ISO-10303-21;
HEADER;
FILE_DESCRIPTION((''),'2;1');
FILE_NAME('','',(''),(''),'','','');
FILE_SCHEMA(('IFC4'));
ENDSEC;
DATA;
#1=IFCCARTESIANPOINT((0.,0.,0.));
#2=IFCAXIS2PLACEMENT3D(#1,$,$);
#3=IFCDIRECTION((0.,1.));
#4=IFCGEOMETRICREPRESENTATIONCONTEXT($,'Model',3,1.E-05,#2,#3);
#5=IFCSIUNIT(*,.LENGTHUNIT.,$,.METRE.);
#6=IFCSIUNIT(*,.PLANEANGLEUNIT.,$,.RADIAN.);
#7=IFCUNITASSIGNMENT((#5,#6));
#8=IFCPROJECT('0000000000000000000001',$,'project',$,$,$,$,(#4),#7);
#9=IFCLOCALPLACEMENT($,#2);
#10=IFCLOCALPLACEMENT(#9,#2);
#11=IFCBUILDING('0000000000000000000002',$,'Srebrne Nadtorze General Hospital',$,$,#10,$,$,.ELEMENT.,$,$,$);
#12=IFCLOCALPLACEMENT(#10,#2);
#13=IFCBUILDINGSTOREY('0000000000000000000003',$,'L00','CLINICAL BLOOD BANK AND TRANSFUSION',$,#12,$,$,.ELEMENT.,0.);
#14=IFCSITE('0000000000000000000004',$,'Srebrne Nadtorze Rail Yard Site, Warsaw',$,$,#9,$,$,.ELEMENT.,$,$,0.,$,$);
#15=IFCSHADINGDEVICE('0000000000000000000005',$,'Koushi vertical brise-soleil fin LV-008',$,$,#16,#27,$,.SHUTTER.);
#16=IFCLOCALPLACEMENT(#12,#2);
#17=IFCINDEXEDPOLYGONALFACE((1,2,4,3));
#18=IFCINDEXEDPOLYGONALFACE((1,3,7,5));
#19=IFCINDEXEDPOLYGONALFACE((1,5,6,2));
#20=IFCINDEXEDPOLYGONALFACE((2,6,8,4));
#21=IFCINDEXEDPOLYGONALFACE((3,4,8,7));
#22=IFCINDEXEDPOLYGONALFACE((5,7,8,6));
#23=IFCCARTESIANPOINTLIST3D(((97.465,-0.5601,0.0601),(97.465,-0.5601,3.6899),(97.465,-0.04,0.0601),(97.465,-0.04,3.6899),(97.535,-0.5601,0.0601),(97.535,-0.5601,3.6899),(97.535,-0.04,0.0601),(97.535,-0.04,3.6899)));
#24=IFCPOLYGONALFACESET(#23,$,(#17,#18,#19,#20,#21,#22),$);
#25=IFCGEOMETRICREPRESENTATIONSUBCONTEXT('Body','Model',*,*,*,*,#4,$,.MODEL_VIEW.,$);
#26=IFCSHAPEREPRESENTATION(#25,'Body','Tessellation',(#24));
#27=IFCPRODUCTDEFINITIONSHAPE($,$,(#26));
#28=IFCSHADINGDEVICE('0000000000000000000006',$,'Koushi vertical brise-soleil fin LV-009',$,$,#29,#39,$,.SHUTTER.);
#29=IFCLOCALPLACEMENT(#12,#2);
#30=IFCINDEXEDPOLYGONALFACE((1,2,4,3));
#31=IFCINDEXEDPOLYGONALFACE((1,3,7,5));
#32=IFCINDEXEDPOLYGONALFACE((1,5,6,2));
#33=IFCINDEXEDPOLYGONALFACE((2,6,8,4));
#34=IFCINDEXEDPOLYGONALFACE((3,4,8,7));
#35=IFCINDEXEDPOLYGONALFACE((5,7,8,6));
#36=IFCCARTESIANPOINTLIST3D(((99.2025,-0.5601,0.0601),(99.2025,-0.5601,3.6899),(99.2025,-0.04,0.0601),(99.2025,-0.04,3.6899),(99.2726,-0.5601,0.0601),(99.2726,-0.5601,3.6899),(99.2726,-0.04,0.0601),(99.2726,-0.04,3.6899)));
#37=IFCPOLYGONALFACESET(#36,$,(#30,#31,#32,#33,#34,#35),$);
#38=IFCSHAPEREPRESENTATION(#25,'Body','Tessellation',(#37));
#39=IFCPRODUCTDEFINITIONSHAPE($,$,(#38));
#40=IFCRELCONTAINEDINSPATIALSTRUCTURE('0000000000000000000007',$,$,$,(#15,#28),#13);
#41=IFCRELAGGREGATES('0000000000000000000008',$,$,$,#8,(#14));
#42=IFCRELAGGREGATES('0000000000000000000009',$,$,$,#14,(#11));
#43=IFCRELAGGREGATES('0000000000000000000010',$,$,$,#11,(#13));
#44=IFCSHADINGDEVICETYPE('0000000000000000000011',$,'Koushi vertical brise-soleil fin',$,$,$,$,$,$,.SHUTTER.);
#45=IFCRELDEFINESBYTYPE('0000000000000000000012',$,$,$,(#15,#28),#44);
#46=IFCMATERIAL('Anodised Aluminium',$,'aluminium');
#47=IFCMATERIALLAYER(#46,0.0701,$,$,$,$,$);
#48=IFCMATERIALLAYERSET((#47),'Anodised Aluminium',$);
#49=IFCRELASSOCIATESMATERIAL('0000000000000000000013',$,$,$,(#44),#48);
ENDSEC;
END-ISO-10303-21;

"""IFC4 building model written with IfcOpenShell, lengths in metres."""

from ifc_helpers import new_model, si_unit, direction, frame, origin, origin_2d, place, context, subcontext, project, spatial, rectangle, extrude, material, layer, layer_set, type_object, element, save


model = new_model("IFC4")

# Units and contexts
model_context = context("Model", 3, precision=1e-05, world=origin(), true_north=direction((0.0, 1.0)))
body_context = subcontext(model_context, "Body", "Model", "MODEL_VIEW")
ifc_project = project(units=[si_unit("LENGTHUNIT", "METRE"), si_unit("PLANEANGLEUNIT", "RADIAN")], contexts=[model_context])

# Site, building, storey
site_placement = place(None, origin())
site = spatial("IfcSite", under=ifc_project, at=site_placement, Name="Srebrne Nadtorze Rail Yard Site, Warsaw", CompositionType="ELEMENT", RefElevation=0.0)
building_placement = place(site_placement, origin())
building = spatial("IfcBuilding", under=site, at=building_placement, Name="Srebrne Nadtorze General Hospital", CompositionType="ELEMENT")
storey_placement = place(building_placement, origin())
storey = spatial("IfcBuildingStorey", under=building, at=storey_placement, Name="L00", Description="CLINICAL BLOOD BANK AND TRANSFUSION", CompositionType="ELEMENT", Elevation=0.0)

# Shading devices
ifc_material_1 = material(Name="Anodised Aluminium", Category="aluminium")
ifc_layer_1 = layer(ifc_material_1, 0.0701)
ifc_layer_set_1 = layer_set([ifc_layer_1], Name="Anodised Aluminium")
shading_device_type = type_object("IfcShadingDeviceType", Name="Koushi vertical brise-soleil fin", PredefinedType="SHUTTER", material=ifc_layer_set_1)
for number, where, z_axis, x_axis, name in (
    (1, (97.5, -0.3, 0.0601), (0.0, 0.0, 1.0), (1.0, 0.0, 0.0), "Koushi vertical brise-soleil fin LV-008"),
    (2, (99.2375, -0.3, 0.0601), (0.0, 0.0, 1.0), (1.0, 0.0, 0.0), "Koushi vertical brise-soleil fin LV-009"),
):
    element("IfcShadingDevice", number, at=place(storey_placement, frame(where, z_axis=z_axis, x_axis=x_axis)), inside=storey, type_object=shading_device_type, Name=name, PredefinedType="SHUTTER", context=body_context, shape_type="SweptSolid", body=[
        extrude(rectangle(XDim=0.0701, YDim=0.52, at=origin_2d()), origin(), (0.0, 0.0, 1.0), 3.6299),
    ])

save(model, "model.ifc")
